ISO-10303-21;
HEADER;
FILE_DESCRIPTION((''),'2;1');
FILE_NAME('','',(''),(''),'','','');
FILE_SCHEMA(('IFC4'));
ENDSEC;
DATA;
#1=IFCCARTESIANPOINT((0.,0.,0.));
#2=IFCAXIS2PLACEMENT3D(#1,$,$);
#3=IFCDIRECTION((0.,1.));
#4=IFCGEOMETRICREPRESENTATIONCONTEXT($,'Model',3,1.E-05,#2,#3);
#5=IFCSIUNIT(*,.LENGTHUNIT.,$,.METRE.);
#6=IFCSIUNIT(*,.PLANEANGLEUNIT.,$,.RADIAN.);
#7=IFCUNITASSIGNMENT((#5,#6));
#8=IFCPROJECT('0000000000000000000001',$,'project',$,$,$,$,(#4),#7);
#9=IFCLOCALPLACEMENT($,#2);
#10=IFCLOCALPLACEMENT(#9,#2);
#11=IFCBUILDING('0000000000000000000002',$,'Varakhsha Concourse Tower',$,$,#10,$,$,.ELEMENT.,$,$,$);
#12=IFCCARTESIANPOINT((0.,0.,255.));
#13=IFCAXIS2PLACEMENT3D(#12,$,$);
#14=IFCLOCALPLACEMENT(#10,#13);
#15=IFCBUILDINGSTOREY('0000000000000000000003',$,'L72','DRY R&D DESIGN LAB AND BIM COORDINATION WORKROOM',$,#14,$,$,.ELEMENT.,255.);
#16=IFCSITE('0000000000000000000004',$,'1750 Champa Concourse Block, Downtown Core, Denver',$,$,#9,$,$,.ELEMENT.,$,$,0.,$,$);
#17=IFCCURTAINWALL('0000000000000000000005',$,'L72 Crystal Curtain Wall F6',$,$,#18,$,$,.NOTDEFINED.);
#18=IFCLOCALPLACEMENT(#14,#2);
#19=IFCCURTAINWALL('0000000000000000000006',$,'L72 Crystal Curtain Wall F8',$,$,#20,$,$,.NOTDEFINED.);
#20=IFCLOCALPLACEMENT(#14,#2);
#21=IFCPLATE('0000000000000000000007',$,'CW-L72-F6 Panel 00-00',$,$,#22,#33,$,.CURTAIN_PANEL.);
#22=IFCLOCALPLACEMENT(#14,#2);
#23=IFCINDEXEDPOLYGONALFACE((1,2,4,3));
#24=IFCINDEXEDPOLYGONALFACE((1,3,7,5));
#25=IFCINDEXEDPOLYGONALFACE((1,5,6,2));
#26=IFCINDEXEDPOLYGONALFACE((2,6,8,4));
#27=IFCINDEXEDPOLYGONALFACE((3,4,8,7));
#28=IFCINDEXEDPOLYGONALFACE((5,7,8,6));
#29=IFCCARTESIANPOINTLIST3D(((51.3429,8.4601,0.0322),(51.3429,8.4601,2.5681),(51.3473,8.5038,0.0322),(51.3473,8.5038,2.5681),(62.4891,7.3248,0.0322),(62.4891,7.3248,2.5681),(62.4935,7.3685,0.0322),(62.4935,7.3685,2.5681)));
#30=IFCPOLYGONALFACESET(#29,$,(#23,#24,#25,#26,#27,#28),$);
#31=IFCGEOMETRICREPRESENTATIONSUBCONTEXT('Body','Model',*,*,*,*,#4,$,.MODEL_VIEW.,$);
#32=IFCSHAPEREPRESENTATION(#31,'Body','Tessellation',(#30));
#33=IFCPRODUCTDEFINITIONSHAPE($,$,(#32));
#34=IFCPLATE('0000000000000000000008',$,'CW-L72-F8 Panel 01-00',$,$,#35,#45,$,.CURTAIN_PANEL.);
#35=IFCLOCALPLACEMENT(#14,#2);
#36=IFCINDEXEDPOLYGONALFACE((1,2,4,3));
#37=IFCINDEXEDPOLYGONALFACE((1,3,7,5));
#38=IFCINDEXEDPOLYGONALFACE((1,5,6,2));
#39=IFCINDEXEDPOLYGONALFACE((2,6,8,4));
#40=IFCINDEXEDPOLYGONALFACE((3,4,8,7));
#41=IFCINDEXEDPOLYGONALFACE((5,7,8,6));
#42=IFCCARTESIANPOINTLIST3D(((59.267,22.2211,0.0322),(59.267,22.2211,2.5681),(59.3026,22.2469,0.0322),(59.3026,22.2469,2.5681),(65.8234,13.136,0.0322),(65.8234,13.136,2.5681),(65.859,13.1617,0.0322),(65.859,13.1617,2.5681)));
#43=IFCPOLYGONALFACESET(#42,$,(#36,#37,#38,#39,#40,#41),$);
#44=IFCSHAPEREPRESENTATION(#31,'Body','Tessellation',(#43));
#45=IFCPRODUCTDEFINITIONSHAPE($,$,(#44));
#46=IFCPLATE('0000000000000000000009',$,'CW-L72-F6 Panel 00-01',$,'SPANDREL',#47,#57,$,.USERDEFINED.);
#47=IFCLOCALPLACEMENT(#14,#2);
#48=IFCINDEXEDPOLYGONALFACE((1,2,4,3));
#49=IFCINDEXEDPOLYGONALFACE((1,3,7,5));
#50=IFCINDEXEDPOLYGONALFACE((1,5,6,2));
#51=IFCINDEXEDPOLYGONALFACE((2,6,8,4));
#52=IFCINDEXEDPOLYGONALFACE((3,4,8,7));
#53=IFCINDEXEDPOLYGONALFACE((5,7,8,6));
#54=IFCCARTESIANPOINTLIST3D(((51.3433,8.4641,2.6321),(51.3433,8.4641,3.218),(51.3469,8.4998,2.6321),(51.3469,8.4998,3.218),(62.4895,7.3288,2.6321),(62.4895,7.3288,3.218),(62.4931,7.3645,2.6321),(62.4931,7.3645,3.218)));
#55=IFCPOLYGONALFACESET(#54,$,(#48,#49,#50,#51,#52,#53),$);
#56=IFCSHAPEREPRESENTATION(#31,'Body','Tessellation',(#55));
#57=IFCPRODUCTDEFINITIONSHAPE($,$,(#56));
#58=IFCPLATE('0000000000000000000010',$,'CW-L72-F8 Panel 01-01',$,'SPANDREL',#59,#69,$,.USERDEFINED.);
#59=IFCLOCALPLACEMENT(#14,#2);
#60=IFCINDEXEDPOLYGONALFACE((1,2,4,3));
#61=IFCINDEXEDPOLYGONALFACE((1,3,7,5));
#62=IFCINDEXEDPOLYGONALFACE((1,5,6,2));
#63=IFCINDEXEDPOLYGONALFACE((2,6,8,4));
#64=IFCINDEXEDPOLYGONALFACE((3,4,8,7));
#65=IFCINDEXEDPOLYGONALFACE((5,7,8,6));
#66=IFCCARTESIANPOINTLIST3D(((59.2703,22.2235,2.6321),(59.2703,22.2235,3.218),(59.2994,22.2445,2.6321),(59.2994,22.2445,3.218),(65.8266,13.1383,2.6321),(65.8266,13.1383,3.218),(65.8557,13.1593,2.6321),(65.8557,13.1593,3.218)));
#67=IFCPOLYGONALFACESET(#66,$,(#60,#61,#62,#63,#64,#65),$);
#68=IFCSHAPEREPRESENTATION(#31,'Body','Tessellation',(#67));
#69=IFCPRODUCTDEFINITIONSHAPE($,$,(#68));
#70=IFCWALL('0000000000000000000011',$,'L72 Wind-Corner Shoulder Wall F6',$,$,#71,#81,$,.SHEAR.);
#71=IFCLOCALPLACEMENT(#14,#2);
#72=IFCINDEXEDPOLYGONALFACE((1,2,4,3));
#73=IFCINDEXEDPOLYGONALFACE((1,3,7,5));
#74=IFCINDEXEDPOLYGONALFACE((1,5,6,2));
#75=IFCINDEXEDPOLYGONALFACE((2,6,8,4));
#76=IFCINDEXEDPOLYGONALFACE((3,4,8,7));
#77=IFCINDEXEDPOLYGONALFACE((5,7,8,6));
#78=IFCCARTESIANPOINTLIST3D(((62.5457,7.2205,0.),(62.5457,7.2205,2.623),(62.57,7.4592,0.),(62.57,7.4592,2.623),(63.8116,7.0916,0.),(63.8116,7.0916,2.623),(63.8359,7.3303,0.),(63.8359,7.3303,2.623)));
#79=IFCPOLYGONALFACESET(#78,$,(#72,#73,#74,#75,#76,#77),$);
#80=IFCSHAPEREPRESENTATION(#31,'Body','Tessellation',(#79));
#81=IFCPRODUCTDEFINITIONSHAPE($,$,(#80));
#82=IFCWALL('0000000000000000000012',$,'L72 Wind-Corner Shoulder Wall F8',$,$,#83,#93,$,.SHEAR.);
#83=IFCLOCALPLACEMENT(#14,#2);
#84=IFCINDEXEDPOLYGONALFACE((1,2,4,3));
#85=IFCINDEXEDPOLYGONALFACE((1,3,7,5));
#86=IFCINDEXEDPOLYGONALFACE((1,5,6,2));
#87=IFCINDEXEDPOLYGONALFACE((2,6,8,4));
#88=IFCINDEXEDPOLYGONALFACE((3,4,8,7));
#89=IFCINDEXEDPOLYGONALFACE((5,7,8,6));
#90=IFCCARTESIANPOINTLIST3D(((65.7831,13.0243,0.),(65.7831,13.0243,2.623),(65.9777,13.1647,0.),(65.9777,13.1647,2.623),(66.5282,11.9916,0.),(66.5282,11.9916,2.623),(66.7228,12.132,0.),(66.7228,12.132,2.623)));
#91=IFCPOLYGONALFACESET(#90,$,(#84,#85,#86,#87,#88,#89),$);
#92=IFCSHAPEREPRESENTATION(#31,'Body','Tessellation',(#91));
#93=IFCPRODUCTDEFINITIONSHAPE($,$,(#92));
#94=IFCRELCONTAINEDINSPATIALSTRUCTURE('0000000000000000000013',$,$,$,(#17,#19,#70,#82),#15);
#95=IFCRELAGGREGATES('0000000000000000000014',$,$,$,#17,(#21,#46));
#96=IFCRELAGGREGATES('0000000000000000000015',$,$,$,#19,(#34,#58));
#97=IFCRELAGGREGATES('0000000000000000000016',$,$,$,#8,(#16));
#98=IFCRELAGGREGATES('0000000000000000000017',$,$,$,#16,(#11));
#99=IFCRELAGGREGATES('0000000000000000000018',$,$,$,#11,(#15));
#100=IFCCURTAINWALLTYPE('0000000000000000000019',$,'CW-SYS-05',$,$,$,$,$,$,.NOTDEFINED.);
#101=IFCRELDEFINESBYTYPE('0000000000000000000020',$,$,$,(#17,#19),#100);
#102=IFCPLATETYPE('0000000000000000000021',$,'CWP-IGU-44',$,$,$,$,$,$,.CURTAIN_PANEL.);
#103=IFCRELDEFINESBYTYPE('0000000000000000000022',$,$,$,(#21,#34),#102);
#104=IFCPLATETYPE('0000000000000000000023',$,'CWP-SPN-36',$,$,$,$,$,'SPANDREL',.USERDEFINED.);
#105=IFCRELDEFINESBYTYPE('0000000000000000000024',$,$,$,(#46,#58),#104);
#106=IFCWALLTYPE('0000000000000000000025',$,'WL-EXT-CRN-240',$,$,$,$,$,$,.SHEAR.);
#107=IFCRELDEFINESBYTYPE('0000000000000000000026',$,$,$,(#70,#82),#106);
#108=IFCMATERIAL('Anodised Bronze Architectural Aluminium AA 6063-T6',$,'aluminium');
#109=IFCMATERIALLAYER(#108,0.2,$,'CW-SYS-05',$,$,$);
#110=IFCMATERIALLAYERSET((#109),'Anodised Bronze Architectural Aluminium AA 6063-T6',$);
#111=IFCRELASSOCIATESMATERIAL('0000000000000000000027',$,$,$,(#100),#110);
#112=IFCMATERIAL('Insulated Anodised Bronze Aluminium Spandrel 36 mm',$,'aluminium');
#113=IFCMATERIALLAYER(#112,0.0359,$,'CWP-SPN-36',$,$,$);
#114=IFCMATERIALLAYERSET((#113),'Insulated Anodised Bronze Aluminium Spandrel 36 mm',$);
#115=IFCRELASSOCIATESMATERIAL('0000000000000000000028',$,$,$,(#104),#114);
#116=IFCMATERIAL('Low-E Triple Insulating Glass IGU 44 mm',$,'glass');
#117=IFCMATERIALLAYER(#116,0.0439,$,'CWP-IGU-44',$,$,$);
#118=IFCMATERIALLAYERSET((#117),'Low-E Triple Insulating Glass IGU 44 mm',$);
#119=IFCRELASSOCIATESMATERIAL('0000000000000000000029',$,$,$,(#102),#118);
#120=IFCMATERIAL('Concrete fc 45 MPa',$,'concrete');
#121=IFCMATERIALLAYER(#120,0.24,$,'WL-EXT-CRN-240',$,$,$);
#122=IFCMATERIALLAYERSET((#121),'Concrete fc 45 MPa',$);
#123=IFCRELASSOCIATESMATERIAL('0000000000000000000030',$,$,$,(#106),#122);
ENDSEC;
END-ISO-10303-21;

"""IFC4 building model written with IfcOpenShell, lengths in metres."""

from ifc_helpers import new_model, si_unit, direction, frame, frame_2d, origin, origin_2d, place, context, subcontext, project, spatial, rectangle, extrude, source, transform, mapped, material, layer, layer_set, type_object, type_shapes, element, aggregate, save


model = new_model("IFC4")

# Units and contexts
model_context = context("Model", 3, precision=1e-05, world=origin(), true_north=direction((0.0, 1.0)))
body_context = subcontext(model_context, "Body", "Model", "MODEL_VIEW")
ifc_project = project(units=[si_unit("LENGTHUNIT", "METRE"), si_unit("PLANEANGLEUNIT", "RADIAN")], contexts=[model_context])

# Site, building, storey
site_placement = place(None, origin())
site = spatial("IfcSite", under=ifc_project, at=site_placement, Name="1750 Champa Concourse Block, Downtown Core, Denver", CompositionType="ELEMENT", RefElevation=0.0)
building_placement = place(site_placement, origin())
building = spatial("IfcBuilding", under=site, at=building_placement, Name="Varakhsha Concourse Tower", CompositionType="ELEMENT")
storey_placement = place(building_placement, frame((0.0, 0.0, 255.0)))
storey = spatial("IfcBuildingStorey", under=building, at=storey_placement, Name="L72", Description="DRY R&D DESIGN LAB AND BIM COORDINATION WORKROOM", CompositionType="ELEMENT", Elevation=255.0)

# Curtain wall
ifc_material_1 = material(Name="Anodised Bronze Architectural Aluminium AA 6063-T6", Category="aluminium")
ifc_layer_1 = layer(ifc_material_1, 0.2, Name="CW-SYS-05")
ifc_layer_set_1 = layer_set([ifc_layer_1], Name="Anodised Bronze Architectural Aluminium AA 6063-T6")
curtain_wall_type = type_object("IfcCurtainWallType", Name="CW-SYS-05", PredefinedType="NOTDEFINED", material=ifc_layer_set_1)
curtain_wall_1_placement = place(storey_placement, origin())
curtain_wall_1 = element("IfcCurtainWall", 1, at=curtain_wall_1_placement, inside=storey, type_object=curtain_wall_type, Name="L72 Crystal Curtain Wall F6", PredefinedType="NOTDEFINED")

# Curtain wall
curtain_wall_2_placement = place(storey_placement, origin())
curtain_wall_2 = element("IfcCurtainWall", 2, at=curtain_wall_2_placement, inside=storey, type_object=curtain_wall_type, Name="L72 Crystal Curtain Wall F8", PredefinedType="NOTDEFINED")

# Plates
ifc_material_2 = material(Name="Insulated Anodised Bronze Aluminium Spandrel 36 mm", Category="aluminium")
ifc_layer_2 = layer(ifc_material_2, 0.0359, Name="CWP-SPN-36")
ifc_layer_set_2 = layer_set([ifc_layer_2], Name="Insulated Anodised Bronze Aluminium Spandrel 36 mm")
plate_type_1 = type_object("IfcPlateType", Name="CWP-SPN-36", ElementType="SPANDREL", PredefinedType="USERDEFINED", material=ifc_layer_set_2)
ifc_material_3 = material(Name="Low-E Triple Insulating Glass IGU 44 mm", Category="glass")
ifc_layer_3 = layer(ifc_material_3, 0.0439, Name="CWP-IGU-44")
ifc_layer_set_3 = layer_set([ifc_layer_3], Name="Low-E Triple Insulating Glass IGU 44 mm")
plate_type_2 = type_object("IfcPlateType", Name="CWP-IGU-44", PredefinedType="CURTAIN_PANEL", material=ifc_layer_set_3)
shared_shape_1 = source(origin(), body_context, "Body", "SweptSolid", [
    extrude(rectangle(XDim=11.2039, YDim=0.0439, at=origin_2d()), origin(), (0.0, 0.0, 1.0), 2.5359),
])
type_shapes(plate_type_2, [shared_shape_1])
plate_1_placement = place(storey_placement, frame((56.9182, 7.9143, 0.0322), z_axis=(0.0, 0.0, 1.0), x_axis=(-0.994852, 0.101336, 0.0)))
plate_1 = element("IfcPlate", 3, at=plate_1_placement, type_object=plate_type_2, Name="CW-L72-F6 Panel 00-00", PredefinedType="CURTAIN_PANEL", context=body_context, shape_type="MappedRepresentation", body=[
    mapped(shared_shape_1, transform((0.0, 0.0, 0.0), scale=1.0)),
])
plate_2_placement = place(storey_placement, frame((62.563, 17.6914, 0.0322), z_axis=(0.0, 0.0, 1.0), x_axis=(0.585188, -0.810897, 0.0)))
plate_2 = element("IfcPlate", 4, at=plate_2_placement, type_object=plate_type_2, Name="CW-L72-F8 Panel 01-00", PredefinedType="CURTAIN_PANEL", context=body_context, shape_type="MappedRepresentation", body=[
    mapped(shared_shape_1, transform((0.0, 0.0, 0.0), scale=1.0)),
])
shared_shape_2 = source(origin(), body_context, "Body", "SweptSolid", [
    extrude(rectangle(XDim=11.2039, YDim=0.0359, at=origin_2d()), origin(), (0.0, 0.0, 1.0), 0.5859),
])
plate_3_placement = place(storey_placement, frame((56.9182, 7.9143, 2.6321), z_axis=(0.0, 0.0, 1.0), x_axis=(-0.994852, 0.101336, 0.0)))
plate_3 = element("IfcPlate", 5, at=plate_3_placement, type_object=plate_type_1, Name="CW-L72-F6 Panel 00-01", ObjectType="SPANDREL", PredefinedType="USERDEFINED", context=body_context, shape_type="MappedRepresentation", body=[
    mapped(shared_shape_2, transform((0.0, 0.0, 0.0), scale=1.0)),
])
aggregate(curtain_wall_1, [plate_1, plate_3])
plate_4_placement = place(storey_placement, frame((62.563, 17.6914, 2.6321), z_axis=(0.0, 0.0, 1.0), x_axis=(0.585188, -0.810897, 0.0)))
plate_4 = element("IfcPlate", 6, at=plate_4_placement, type_object=plate_type_1, Name="CW-L72-F8 Panel 01-01", ObjectType="SPANDREL", PredefinedType="USERDEFINED", context=body_context, shape_type="MappedRepresentation", body=[
    mapped(shared_shape_2, transform((0.0, 0.0, 0.0), scale=1.0)),
])
aggregate(curtain_wall_2, [plate_2, plate_4])

# Walls
ifc_material_4 = material(Name="Concrete fc 45 MPa", Category="concrete")
ifc_layer_4 = layer(ifc_material_4, 0.24, Name="WL-EXT-CRN-240")
ifc_layer_set_4 = layer_set([ifc_layer_4], Name="Concrete fc 45 MPa")
wall_type = type_object("IfcWallType", Name="WL-EXT-CRN-240", PredefinedType="SHEAR", material=ifc_layer_set_4)
wall_1_placement = place(storey_placement, frame((62.5579, 7.3398, 0.0), z_axis=(0.0, 0.0, 1.0), x_axis=(0.994855, -0.101308, 0.0)))
element("IfcWall", 7, at=wall_1_placement, inside=storey, type_object=wall_type, Name="L72 Wind-Corner Shoulder Wall F6", PredefinedType="SHEAR", context=body_context, shape_type="SweptSolid", body=[
    extrude(rectangle(XDim=1.2725, YDim=0.24, at=frame_2d((0.6362, 0.0))), origin(), (0.0, 0.0, 1.0), 2.623),
])
wall_2_placement = place(storey_placement, frame((66.6255, 12.0618, 0.0), z_axis=(0.0, 0.0, 1.0), x_axis=(-0.585113, 0.810952, 0.0)))
element("IfcWall", 8, at=wall_2_placement, inside=storey, type_object=wall_type, Name="L72 Wind-Corner Shoulder Wall F8", PredefinedType="SHEAR", context=body_context, shape_type="SweptSolid", body=[
    extrude(rectangle(XDim=1.2734, YDim=0.24, at=frame_2d((0.6367, 0.0))), origin(), (0.0, 0.0, 1.0), 2.623),
])

save(model, "model.ifc")
